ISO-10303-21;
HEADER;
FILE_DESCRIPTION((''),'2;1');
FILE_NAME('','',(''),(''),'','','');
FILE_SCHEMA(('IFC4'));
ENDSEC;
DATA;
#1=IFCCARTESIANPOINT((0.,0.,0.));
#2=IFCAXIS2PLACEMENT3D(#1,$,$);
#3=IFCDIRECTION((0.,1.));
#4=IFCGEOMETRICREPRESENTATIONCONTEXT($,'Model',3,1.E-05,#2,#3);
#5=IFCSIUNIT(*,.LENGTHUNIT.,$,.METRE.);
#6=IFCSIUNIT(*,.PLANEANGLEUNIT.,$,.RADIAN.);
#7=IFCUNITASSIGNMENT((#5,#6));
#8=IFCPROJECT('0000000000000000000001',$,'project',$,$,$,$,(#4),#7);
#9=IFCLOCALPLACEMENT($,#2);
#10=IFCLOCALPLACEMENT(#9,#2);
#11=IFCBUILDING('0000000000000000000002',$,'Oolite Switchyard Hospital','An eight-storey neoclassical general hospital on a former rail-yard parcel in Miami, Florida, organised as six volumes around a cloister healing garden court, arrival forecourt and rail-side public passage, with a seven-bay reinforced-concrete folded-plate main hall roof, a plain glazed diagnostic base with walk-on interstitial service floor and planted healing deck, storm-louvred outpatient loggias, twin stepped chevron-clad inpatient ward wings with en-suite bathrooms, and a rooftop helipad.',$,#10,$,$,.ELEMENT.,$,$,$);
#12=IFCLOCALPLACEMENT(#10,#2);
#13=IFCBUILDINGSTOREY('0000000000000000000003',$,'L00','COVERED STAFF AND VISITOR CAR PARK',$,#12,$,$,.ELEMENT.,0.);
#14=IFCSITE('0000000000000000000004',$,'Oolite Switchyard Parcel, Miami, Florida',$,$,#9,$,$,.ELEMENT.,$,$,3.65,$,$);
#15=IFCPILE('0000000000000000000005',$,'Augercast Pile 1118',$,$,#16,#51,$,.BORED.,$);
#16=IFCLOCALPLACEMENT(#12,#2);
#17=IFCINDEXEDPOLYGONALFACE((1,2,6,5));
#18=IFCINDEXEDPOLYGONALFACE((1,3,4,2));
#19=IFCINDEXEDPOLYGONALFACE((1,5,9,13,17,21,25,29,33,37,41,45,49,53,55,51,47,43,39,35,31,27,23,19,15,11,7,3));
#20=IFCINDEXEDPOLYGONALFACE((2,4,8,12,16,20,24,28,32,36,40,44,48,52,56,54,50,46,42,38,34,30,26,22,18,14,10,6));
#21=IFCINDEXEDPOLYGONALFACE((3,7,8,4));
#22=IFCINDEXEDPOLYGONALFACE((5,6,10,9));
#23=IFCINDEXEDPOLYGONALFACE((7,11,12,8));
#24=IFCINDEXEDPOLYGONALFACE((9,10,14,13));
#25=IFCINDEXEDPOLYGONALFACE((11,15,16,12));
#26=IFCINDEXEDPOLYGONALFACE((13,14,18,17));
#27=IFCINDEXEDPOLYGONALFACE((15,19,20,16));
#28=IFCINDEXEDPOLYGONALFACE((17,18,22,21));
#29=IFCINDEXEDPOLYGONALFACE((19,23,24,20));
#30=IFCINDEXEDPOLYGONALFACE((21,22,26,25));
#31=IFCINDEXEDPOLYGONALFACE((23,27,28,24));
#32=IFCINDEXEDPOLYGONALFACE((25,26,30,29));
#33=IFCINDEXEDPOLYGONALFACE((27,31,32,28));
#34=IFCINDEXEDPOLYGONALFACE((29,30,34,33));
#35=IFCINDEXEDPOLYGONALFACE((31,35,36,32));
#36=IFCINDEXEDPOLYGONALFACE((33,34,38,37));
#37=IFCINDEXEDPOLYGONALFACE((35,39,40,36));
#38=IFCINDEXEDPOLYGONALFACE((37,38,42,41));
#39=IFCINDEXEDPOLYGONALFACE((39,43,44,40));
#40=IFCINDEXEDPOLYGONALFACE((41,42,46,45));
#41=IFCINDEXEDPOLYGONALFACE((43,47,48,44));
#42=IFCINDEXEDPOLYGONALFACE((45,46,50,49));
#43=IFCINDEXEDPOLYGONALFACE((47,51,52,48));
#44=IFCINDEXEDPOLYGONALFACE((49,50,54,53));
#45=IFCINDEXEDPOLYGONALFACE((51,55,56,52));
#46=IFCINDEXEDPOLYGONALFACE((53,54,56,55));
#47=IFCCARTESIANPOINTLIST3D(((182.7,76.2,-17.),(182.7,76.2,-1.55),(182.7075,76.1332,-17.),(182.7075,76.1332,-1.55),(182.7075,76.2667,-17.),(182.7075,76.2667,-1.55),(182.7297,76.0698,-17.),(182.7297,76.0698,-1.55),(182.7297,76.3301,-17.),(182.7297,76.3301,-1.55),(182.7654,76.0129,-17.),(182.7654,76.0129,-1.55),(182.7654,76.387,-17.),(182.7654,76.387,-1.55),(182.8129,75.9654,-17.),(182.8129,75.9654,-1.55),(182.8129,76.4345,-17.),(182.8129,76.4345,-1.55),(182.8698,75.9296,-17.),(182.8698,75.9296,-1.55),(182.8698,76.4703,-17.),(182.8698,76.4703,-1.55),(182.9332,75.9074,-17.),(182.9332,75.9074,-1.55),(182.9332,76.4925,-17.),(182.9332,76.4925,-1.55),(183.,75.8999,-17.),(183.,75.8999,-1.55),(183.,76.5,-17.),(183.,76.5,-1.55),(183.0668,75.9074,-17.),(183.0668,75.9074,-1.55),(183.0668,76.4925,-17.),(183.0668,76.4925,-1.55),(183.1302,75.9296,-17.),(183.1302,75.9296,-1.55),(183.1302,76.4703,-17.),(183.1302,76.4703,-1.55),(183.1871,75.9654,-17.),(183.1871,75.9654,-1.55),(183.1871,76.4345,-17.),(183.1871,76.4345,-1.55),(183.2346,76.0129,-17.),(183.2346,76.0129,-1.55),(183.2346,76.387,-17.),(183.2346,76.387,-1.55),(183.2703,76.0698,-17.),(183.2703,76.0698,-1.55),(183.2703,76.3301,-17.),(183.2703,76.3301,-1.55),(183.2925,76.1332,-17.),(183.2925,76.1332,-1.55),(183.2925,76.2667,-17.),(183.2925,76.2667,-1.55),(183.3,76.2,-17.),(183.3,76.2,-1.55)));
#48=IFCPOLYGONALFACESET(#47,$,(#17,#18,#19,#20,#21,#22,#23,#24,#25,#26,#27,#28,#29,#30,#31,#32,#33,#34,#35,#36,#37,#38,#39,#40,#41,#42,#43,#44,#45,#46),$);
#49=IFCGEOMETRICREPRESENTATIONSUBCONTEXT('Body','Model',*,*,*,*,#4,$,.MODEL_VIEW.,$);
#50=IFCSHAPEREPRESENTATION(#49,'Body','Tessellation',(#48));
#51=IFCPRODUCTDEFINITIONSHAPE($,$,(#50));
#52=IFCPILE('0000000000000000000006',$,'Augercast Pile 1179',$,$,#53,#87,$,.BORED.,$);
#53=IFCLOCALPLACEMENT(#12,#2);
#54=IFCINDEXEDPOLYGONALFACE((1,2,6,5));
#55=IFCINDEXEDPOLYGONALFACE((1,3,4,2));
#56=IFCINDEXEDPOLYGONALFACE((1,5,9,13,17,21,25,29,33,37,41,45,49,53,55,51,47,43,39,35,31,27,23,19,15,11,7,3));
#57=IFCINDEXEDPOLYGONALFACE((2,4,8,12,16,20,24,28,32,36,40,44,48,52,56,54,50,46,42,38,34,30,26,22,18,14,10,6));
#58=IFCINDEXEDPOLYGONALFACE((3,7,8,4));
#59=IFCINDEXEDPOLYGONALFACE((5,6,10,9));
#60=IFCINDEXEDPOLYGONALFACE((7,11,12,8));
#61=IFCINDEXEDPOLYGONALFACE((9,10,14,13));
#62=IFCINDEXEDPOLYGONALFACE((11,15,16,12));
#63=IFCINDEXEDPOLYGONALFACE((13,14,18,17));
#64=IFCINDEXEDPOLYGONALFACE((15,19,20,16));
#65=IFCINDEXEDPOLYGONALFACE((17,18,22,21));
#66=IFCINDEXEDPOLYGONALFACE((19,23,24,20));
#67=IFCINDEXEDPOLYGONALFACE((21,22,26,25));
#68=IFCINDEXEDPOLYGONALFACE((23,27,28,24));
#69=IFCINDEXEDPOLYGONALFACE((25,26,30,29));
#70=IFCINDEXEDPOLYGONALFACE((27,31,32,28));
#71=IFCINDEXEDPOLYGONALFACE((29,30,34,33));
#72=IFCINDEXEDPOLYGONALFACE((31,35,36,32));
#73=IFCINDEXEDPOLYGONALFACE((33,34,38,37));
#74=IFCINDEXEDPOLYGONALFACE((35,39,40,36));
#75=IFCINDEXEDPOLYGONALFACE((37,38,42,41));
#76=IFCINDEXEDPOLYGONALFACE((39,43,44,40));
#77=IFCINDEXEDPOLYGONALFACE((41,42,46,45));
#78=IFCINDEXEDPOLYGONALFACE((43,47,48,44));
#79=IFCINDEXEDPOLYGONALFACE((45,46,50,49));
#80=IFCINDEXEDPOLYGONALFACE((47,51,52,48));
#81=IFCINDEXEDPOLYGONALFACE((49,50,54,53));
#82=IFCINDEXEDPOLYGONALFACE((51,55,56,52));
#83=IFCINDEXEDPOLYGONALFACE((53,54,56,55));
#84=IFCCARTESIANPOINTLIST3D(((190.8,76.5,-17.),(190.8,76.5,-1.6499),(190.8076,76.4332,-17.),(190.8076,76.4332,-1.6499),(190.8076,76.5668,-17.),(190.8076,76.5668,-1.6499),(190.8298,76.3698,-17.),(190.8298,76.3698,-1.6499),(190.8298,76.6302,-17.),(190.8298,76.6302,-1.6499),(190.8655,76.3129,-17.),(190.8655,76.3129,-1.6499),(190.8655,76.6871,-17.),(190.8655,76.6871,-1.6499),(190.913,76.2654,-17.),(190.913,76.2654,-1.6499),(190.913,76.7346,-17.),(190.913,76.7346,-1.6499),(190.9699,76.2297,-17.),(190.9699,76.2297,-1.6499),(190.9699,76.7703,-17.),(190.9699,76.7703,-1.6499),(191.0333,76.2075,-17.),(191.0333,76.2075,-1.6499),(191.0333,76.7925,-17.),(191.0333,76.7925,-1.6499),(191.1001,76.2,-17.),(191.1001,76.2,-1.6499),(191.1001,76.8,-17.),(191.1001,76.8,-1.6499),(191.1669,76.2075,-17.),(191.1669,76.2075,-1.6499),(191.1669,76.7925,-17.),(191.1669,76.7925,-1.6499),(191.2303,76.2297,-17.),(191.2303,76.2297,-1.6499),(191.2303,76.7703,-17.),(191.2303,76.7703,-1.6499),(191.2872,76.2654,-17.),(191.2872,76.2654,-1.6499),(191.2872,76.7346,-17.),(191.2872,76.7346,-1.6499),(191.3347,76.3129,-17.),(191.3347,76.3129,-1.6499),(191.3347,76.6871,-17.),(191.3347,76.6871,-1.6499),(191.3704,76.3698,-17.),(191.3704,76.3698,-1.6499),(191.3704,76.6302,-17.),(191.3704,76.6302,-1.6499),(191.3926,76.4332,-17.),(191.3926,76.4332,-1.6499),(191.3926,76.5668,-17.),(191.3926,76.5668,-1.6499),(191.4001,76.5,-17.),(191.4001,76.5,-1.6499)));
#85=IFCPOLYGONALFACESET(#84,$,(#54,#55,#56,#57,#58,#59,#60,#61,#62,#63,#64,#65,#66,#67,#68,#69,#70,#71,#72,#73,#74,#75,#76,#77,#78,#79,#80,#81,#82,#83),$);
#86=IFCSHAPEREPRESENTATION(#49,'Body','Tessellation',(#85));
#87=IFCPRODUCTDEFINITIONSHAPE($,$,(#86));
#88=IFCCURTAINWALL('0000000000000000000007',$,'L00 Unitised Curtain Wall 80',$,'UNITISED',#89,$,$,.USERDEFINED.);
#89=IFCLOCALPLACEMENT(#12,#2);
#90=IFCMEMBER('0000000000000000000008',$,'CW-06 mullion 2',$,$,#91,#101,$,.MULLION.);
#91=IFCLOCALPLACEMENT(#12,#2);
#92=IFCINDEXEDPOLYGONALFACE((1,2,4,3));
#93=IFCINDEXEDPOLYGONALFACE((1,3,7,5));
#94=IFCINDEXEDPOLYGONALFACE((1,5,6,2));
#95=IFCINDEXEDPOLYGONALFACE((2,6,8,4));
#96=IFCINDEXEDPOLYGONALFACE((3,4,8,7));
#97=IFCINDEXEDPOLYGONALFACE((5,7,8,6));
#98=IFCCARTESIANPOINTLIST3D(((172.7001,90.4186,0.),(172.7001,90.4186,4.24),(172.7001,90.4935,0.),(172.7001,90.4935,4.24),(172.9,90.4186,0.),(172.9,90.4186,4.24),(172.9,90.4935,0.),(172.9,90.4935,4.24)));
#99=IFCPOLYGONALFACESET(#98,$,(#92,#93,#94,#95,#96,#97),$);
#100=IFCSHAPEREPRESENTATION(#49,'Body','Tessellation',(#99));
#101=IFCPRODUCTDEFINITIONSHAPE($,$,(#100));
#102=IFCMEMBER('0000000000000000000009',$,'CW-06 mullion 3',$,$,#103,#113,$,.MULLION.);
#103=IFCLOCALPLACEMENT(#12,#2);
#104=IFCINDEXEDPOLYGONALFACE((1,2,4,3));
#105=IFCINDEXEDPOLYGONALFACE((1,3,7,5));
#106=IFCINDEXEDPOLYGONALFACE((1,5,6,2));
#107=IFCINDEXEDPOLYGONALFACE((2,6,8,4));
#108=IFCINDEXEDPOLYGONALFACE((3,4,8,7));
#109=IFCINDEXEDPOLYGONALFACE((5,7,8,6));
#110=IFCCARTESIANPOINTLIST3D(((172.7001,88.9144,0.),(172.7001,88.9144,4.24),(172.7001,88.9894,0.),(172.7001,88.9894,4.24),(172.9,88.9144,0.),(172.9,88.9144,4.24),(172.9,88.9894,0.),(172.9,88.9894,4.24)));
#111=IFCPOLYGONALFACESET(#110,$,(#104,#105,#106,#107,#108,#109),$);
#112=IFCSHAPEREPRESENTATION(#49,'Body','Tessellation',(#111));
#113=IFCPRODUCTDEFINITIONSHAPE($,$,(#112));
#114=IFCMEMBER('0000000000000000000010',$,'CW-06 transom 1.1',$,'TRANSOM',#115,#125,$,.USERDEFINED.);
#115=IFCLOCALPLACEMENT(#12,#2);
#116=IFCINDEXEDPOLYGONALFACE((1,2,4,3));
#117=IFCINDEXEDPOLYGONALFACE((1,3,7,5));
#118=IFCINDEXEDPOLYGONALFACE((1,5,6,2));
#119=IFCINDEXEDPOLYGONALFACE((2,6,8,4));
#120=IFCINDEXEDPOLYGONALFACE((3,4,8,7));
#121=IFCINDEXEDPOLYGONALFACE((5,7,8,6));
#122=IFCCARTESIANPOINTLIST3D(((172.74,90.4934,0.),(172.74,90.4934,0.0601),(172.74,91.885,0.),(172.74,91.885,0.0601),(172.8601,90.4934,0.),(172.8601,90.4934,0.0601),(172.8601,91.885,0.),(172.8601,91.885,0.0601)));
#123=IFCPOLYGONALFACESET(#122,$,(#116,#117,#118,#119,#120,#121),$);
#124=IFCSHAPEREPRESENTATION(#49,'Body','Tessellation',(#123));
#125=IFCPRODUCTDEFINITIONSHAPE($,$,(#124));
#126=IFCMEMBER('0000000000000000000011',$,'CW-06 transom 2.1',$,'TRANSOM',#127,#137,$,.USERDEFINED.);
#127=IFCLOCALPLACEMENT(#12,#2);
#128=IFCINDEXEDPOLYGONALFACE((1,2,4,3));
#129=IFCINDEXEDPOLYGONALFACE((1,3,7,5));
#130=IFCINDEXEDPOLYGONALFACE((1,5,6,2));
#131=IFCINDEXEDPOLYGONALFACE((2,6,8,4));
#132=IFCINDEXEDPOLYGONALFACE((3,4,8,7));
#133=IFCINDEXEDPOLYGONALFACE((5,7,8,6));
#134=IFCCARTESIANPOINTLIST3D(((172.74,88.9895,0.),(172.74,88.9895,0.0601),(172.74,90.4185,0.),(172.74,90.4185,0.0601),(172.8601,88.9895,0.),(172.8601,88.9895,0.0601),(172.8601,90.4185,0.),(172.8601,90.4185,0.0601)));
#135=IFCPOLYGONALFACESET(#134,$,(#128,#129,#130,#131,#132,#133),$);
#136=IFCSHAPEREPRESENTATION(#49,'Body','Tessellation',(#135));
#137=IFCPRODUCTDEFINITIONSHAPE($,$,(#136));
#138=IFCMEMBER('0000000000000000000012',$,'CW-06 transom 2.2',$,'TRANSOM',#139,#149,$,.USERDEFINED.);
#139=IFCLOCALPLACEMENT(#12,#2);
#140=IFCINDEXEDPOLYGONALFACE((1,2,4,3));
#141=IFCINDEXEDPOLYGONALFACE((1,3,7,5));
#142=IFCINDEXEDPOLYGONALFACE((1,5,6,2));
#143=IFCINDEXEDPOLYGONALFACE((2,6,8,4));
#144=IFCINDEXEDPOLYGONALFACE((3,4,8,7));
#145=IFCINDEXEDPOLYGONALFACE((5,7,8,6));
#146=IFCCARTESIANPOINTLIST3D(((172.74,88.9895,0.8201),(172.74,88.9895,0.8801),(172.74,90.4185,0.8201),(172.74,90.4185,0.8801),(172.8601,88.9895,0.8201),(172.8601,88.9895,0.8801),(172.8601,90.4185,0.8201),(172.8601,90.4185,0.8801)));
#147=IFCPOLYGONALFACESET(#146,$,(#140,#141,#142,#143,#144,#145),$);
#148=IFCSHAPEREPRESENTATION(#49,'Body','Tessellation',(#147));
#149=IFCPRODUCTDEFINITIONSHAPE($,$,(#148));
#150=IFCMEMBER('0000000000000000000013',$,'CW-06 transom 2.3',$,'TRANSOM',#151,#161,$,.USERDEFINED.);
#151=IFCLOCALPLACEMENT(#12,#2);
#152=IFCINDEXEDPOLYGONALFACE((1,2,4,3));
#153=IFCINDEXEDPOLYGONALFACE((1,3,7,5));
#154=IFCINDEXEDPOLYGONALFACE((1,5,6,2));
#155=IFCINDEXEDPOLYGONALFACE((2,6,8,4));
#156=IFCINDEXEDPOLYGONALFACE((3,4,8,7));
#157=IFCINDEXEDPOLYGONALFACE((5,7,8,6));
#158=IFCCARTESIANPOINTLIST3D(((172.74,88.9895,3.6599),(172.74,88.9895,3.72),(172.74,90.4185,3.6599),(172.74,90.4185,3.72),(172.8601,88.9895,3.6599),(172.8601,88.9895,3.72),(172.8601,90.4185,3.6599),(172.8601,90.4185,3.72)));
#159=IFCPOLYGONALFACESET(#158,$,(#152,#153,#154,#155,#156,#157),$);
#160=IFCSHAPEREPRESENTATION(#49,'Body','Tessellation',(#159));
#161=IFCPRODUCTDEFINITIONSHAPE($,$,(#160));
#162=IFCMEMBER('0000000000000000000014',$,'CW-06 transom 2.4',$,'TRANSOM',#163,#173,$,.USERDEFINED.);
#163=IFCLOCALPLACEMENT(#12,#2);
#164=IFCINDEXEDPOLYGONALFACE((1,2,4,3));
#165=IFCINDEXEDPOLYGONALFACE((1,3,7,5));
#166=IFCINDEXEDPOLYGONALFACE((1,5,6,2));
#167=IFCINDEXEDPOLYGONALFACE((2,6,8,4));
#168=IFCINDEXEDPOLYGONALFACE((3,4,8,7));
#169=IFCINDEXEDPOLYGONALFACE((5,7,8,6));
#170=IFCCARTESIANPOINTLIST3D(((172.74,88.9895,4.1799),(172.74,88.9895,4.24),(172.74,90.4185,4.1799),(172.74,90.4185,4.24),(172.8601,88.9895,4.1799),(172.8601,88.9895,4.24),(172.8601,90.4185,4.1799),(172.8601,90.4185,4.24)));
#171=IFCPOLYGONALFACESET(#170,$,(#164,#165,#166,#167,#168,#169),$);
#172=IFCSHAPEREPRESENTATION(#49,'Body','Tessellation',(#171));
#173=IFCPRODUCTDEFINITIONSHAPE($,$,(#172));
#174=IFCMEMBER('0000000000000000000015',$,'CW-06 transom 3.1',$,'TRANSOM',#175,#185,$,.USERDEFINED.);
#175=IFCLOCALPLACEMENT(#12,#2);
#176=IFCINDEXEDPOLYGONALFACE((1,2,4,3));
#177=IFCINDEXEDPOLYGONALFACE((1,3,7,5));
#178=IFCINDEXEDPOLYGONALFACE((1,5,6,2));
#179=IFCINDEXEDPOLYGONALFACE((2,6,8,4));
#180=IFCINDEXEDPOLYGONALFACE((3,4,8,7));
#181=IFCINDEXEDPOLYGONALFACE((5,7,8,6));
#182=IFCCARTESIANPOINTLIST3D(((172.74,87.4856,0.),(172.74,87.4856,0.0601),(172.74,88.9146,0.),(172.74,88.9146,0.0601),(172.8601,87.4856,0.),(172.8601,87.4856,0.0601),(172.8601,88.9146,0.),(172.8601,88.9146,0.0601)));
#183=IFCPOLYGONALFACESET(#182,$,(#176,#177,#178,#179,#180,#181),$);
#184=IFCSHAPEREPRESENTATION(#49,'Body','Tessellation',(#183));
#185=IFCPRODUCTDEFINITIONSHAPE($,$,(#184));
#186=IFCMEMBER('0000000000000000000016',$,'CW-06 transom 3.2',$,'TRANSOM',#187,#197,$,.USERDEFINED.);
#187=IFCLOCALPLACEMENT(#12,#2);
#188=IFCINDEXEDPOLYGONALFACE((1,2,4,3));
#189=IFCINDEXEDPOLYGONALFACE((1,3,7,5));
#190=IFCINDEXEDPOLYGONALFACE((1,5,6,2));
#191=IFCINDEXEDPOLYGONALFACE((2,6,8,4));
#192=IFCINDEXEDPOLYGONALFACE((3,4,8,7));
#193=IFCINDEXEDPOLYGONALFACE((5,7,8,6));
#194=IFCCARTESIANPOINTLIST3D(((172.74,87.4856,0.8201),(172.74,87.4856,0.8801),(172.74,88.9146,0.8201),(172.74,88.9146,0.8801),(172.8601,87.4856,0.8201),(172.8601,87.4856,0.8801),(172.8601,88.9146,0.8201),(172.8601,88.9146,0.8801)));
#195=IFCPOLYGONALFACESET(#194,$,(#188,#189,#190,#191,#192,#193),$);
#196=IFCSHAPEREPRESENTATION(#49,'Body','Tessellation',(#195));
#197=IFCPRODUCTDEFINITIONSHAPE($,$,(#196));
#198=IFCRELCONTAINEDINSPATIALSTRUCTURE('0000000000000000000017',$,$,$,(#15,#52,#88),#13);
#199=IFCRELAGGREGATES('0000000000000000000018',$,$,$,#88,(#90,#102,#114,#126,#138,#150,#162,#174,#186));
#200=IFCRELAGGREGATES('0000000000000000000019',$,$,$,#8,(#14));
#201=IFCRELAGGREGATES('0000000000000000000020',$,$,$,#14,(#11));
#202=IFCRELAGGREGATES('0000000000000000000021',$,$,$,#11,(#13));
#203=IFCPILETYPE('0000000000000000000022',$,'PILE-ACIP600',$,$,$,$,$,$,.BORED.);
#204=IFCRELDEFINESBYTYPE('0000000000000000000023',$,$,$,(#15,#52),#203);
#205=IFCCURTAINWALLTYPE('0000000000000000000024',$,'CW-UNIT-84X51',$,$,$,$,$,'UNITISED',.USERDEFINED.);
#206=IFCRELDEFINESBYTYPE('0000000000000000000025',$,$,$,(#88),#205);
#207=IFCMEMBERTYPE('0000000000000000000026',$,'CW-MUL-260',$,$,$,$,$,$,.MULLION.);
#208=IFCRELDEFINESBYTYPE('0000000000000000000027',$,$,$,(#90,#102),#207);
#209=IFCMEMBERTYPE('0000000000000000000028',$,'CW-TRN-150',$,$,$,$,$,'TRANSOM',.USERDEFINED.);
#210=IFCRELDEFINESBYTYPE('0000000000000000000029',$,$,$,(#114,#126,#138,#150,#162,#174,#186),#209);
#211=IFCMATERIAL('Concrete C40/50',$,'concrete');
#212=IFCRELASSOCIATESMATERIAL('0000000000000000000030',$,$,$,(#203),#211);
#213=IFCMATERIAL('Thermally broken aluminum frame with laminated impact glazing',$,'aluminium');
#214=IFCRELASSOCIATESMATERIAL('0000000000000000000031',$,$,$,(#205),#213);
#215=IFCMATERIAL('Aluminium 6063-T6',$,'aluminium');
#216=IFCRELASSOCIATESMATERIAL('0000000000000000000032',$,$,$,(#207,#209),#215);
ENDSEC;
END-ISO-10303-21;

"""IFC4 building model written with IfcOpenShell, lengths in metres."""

from ifc_helpers import new_model, si_unit, direction, frame, origin, origin_2d, place, context, subcontext, project, spatial, rectangle, circle, extrude, material, material_profile, profile_set, type_object, element, aggregate, save


model = new_model("IFC4")

# Units and contexts
model_context = context("Model", 3, precision=1e-05, world=origin(), true_north=direction((0.0, 1.0)))
body_context = subcontext(model_context, "Body", "Model", "MODEL_VIEW")
ifc_project = project(units=[si_unit("LENGTHUNIT", "METRE"), si_unit("PLANEANGLEUNIT", "RADIAN")], contexts=[model_context])

# Site, building, storey
site_placement = place(None, origin())
site = spatial("IfcSite", under=ifc_project, at=site_placement, Name="Oolite Switchyard Parcel, Miami, Florida", CompositionType="ELEMENT", RefElevation=3.65)
building_placement = place(site_placement, origin())
building = spatial("IfcBuilding", under=site, at=building_placement, Name="Oolite Switchyard Hospital", Description="An eight-storey neoclassical general hospital on a former rail-yard parcel in Miami, Florida, organised as six volumes around a cloister healing garden court, arrival forecourt and rail-side public passage, with a seven-bay reinforced-concrete folded-plate main hall roof, a plain glazed diagnostic base with walk-on interstitial service floor and planted healing deck, storm-louvred outpatient loggias, twin stepped chevron-clad inpatient ward wings with en-suite bathrooms, and a rooftop helipad.", CompositionType="ELEMENT")
storey_placement = place(building_placement, origin())
storey = spatial("IfcBuildingStorey", under=building, at=storey_placement, Name="L00", Description="COVERED STAFF AND VISITOR CAR PARK", CompositionType="ELEMENT", Elevation=0.0)

# Piles
ifc_material_1 = material(Name="Concrete C40/50", Category="concrete")
ifc_material_profile_1 = material_profile(ifc_material_1, circle(Radius=0.3, at=origin_2d()), Name="PILE600")
ifc_profile_set_1 = profile_set([ifc_material_profile_1], Name="Concrete C40/50")
pile_type = type_object("IfcPileType", Name="PILE-ACIP600", PredefinedType="BORED", material=ifc_profile_set_1)
for number, where, z_axis, x_axis, name in (
    (1, (183.0, 76.2, -1.55), (0.0, 0.0, -1.0), (1.0, 0.0, 0.0), "Augercast Pile 1118"),
):
    element("IfcPile", number, at=place(storey_placement, frame(where, z_axis=z_axis, x_axis=x_axis)), inside=storey, type_object=pile_type, Name=name, PredefinedType="BORED", context=body_context, shape_type="SweptSolid", body=[
        extrude(circle(Radius=0.3, at=origin_2d()), origin(), (0.0, 0.0, 1.0), 15.45),
    ])
pile_1_placement = place(storey_placement, frame((191.1001, 76.5, -1.6499), z_axis=(0.0, 0.0, -1.0), x_axis=(1.0, 0.0, 0.0)))
element("IfcPile", 2, at=pile_1_placement, inside=storey, type_object=pile_type, Name="Augercast Pile 1179", PredefinedType="BORED", context=body_context, shape_type="SweptSolid", body=[
    extrude(circle(Radius=0.3, at=origin_2d()), origin(), (0.0, 0.0, 1.0), 15.3501),
])

# Curtain wall, members
ifc_material_2 = material(Name="Thermally broken aluminum frame with laminated impact glazing", Category="aluminium")
curtain_wall_type_1 = type_object("IfcCurtainWallType", Name="CW-UNIT-84X51", ElementType="UNITISED", PredefinedType="USERDEFINED", material=ifc_material_2)
curtain_wall_1_placement = place(storey_placement, origin())
curtain_wall_1 = element("IfcCurtainWall", 3, at=curtain_wall_1_placement, inside=storey, type_object=curtain_wall_type_1, Name="L00 Unitised Curtain Wall 80", ObjectType="UNITISED", PredefinedType="USERDEFINED")
ifc_material_3 = material(Name="Aluminium 6063-T6", Category="aluminium")
ifc_material_profile_2 = material_profile(ifc_material_3, rectangle(XDim=0.2, YDim=0.075, at=origin_2d()), Name="CWM75X200")
ifc_profile_set_2 = profile_set([ifc_material_profile_2], Name="Aluminium 6063-T6")
member_type_1 = type_object("IfcMemberType", Name="CW-MUL-260", PredefinedType="MULLION", material=ifc_profile_set_2)
member_1_placement = place(storey_placement, frame((172.8, 90.4561, 0.0), z_axis=(0.0, 0.0, 1.0), x_axis=(1.0, 0.0, 0.0)))
member_1 = element("IfcMember", 4, at=member_1_placement, type_object=member_type_1, Name="CW-06 mullion 2", PredefinedType="MULLION", context=body_context, shape_type="SweptSolid", body=[
    extrude(rectangle(XDim=0.2, YDim=0.075, at=origin_2d()), origin(), (0.0, 0.0, 1.0), 4.24),
])
member_2_placement = place(storey_placement, frame((172.8, 88.9519, 0.0), z_axis=(0.0, 0.0, 1.0), x_axis=(1.0, 0.0, 0.0)))
member_2 = element("IfcMember", 5, at=member_2_placement, type_object=member_type_1, Name="CW-06 mullion 3", PredefinedType="MULLION", context=body_context, shape_type="SweptSolid", body=[
    extrude(rectangle(XDim=0.2, YDim=0.075, at=origin_2d()), origin(), (0.0, 0.0, 1.0), 4.24),
])
ifc_material_profile_3 = material_profile(ifc_material_3, rectangle(XDim=0.1201, YDim=0.0601, at=origin_2d()), Name="CWT60X120")
ifc_profile_set_3 = profile_set([ifc_material_profile_3], Name="Aluminium 6063-T6")
member_type_2 = type_object("IfcMemberType", Name="CW-TRN-150", ElementType="TRANSOM", PredefinedType="USERDEFINED", material=ifc_profile_set_3)
member_3_placement = place(storey_placement, frame((172.8, 91.885, 0.03), z_axis=(0.0, -1.0, 0.0), x_axis=(1.0, 0.0, 0.0)))
member_3 = element("IfcMember", 6, at=member_3_placement, type_object=member_type_2, Name="CW-06 transom 1.1", ObjectType="TRANSOM", PredefinedType="USERDEFINED", context=body_context, shape_type="SweptSolid", body=[
    extrude(rectangle(XDim=0.1201, YDim=0.0601, at=origin_2d()), origin(), (0.0, 0.0, 1.0), 1.3916),
])
member_4_placement = place(storey_placement, frame((172.8, 90.4185, 0.03), z_axis=(0.0, -1.0, 0.0), x_axis=(1.0, 0.0, 0.0)))
member_4 = element("IfcMember", 7, at=member_4_placement, type_object=member_type_2, Name="CW-06 transom 2.1", ObjectType="TRANSOM", PredefinedType="USERDEFINED", context=body_context, shape_type="SweptSolid", body=[
    extrude(rectangle(XDim=0.1201, YDim=0.0601, at=origin_2d()), origin(), (0.0, 0.0, 1.0), 1.429),
])
member_5_placement = place(storey_placement, frame((172.8, 90.4185, 0.8501), z_axis=(0.0, -1.0, 0.0), x_axis=(1.0, 0.0, 0.0)))
member_5 = element("IfcMember", 8, at=member_5_placement, type_object=member_type_2, Name="CW-06 transom 2.2", ObjectType="TRANSOM", PredefinedType="USERDEFINED", context=body_context, shape_type="SweptSolid", body=[
    extrude(rectangle(XDim=0.1201, YDim=0.0601, at=origin_2d()), origin(), (0.0, 0.0, 1.0), 1.429),
])
member_6_placement = place(storey_placement, frame((172.8, 90.4185, 3.6899), z_axis=(0.0, -1.0, 0.0), x_axis=(1.0, 0.0, 0.0)))
member_6 = element("IfcMember", 9, at=member_6_placement, type_object=member_type_2, Name="CW-06 transom 2.3", ObjectType="TRANSOM", PredefinedType="USERDEFINED", context=body_context, shape_type="SweptSolid", body=[
    extrude(rectangle(XDim=0.1201, YDim=0.0601, at=origin_2d()), origin(), (0.0, 0.0, 1.0), 1.429),
])
member_7_placement = place(storey_placement, frame((172.8, 90.4185, 4.21), z_axis=(0.0, -1.0, 0.0), x_axis=(1.0, 0.0, 0.0)))
member_7 = element("IfcMember", 10, at=member_7_placement, type_object=member_type_2, Name="CW-06 transom 2.4", ObjectType="TRANSOM", PredefinedType="USERDEFINED", context=body_context, shape_type="SweptSolid", body=[
    extrude(rectangle(XDim=0.1201, YDim=0.0601, at=origin_2d()), origin(), (0.0, 0.0, 1.0), 1.429),
])
member_8_placement = place(storey_placement, frame((172.8, 88.9146, 0.03), z_axis=(0.0, -1.0, 0.0), x_axis=(1.0, 0.0, 0.0)))
member_8 = element("IfcMember", 11, at=member_8_placement, type_object=member_type_2, Name="CW-06 transom 3.1", ObjectType="TRANSOM", PredefinedType="USERDEFINED", context=body_context, shape_type="SweptSolid", body=[
    extrude(rectangle(XDim=0.1201, YDim=0.0601, at=origin_2d()), origin(), (0.0, 0.0, 1.0), 1.429),
])
member_9_placement = place(storey_placement, frame((172.8, 88.9146, 0.8501), z_axis=(0.0, -1.0, 0.0), x_axis=(1.0, 0.0, 0.0)))
member_9 = element("IfcMember", 12, at=member_9_placement, type_object=member_type_2, Name="CW-06 transom 3.2", ObjectType="TRANSOM", PredefinedType="USERDEFINED", context=body_context, shape_type="SweptSolid", body=[
    extrude(rectangle(XDim=0.1201, YDim=0.0601, at=origin_2d()), origin(), (0.0, 0.0, 1.0), 1.429),
])
aggregate(curtain_wall_1, [member_1, member_2, member_3, member_4, member_5, member_6, member_7, member_8, member_9])

save(model, "model.ifc")
